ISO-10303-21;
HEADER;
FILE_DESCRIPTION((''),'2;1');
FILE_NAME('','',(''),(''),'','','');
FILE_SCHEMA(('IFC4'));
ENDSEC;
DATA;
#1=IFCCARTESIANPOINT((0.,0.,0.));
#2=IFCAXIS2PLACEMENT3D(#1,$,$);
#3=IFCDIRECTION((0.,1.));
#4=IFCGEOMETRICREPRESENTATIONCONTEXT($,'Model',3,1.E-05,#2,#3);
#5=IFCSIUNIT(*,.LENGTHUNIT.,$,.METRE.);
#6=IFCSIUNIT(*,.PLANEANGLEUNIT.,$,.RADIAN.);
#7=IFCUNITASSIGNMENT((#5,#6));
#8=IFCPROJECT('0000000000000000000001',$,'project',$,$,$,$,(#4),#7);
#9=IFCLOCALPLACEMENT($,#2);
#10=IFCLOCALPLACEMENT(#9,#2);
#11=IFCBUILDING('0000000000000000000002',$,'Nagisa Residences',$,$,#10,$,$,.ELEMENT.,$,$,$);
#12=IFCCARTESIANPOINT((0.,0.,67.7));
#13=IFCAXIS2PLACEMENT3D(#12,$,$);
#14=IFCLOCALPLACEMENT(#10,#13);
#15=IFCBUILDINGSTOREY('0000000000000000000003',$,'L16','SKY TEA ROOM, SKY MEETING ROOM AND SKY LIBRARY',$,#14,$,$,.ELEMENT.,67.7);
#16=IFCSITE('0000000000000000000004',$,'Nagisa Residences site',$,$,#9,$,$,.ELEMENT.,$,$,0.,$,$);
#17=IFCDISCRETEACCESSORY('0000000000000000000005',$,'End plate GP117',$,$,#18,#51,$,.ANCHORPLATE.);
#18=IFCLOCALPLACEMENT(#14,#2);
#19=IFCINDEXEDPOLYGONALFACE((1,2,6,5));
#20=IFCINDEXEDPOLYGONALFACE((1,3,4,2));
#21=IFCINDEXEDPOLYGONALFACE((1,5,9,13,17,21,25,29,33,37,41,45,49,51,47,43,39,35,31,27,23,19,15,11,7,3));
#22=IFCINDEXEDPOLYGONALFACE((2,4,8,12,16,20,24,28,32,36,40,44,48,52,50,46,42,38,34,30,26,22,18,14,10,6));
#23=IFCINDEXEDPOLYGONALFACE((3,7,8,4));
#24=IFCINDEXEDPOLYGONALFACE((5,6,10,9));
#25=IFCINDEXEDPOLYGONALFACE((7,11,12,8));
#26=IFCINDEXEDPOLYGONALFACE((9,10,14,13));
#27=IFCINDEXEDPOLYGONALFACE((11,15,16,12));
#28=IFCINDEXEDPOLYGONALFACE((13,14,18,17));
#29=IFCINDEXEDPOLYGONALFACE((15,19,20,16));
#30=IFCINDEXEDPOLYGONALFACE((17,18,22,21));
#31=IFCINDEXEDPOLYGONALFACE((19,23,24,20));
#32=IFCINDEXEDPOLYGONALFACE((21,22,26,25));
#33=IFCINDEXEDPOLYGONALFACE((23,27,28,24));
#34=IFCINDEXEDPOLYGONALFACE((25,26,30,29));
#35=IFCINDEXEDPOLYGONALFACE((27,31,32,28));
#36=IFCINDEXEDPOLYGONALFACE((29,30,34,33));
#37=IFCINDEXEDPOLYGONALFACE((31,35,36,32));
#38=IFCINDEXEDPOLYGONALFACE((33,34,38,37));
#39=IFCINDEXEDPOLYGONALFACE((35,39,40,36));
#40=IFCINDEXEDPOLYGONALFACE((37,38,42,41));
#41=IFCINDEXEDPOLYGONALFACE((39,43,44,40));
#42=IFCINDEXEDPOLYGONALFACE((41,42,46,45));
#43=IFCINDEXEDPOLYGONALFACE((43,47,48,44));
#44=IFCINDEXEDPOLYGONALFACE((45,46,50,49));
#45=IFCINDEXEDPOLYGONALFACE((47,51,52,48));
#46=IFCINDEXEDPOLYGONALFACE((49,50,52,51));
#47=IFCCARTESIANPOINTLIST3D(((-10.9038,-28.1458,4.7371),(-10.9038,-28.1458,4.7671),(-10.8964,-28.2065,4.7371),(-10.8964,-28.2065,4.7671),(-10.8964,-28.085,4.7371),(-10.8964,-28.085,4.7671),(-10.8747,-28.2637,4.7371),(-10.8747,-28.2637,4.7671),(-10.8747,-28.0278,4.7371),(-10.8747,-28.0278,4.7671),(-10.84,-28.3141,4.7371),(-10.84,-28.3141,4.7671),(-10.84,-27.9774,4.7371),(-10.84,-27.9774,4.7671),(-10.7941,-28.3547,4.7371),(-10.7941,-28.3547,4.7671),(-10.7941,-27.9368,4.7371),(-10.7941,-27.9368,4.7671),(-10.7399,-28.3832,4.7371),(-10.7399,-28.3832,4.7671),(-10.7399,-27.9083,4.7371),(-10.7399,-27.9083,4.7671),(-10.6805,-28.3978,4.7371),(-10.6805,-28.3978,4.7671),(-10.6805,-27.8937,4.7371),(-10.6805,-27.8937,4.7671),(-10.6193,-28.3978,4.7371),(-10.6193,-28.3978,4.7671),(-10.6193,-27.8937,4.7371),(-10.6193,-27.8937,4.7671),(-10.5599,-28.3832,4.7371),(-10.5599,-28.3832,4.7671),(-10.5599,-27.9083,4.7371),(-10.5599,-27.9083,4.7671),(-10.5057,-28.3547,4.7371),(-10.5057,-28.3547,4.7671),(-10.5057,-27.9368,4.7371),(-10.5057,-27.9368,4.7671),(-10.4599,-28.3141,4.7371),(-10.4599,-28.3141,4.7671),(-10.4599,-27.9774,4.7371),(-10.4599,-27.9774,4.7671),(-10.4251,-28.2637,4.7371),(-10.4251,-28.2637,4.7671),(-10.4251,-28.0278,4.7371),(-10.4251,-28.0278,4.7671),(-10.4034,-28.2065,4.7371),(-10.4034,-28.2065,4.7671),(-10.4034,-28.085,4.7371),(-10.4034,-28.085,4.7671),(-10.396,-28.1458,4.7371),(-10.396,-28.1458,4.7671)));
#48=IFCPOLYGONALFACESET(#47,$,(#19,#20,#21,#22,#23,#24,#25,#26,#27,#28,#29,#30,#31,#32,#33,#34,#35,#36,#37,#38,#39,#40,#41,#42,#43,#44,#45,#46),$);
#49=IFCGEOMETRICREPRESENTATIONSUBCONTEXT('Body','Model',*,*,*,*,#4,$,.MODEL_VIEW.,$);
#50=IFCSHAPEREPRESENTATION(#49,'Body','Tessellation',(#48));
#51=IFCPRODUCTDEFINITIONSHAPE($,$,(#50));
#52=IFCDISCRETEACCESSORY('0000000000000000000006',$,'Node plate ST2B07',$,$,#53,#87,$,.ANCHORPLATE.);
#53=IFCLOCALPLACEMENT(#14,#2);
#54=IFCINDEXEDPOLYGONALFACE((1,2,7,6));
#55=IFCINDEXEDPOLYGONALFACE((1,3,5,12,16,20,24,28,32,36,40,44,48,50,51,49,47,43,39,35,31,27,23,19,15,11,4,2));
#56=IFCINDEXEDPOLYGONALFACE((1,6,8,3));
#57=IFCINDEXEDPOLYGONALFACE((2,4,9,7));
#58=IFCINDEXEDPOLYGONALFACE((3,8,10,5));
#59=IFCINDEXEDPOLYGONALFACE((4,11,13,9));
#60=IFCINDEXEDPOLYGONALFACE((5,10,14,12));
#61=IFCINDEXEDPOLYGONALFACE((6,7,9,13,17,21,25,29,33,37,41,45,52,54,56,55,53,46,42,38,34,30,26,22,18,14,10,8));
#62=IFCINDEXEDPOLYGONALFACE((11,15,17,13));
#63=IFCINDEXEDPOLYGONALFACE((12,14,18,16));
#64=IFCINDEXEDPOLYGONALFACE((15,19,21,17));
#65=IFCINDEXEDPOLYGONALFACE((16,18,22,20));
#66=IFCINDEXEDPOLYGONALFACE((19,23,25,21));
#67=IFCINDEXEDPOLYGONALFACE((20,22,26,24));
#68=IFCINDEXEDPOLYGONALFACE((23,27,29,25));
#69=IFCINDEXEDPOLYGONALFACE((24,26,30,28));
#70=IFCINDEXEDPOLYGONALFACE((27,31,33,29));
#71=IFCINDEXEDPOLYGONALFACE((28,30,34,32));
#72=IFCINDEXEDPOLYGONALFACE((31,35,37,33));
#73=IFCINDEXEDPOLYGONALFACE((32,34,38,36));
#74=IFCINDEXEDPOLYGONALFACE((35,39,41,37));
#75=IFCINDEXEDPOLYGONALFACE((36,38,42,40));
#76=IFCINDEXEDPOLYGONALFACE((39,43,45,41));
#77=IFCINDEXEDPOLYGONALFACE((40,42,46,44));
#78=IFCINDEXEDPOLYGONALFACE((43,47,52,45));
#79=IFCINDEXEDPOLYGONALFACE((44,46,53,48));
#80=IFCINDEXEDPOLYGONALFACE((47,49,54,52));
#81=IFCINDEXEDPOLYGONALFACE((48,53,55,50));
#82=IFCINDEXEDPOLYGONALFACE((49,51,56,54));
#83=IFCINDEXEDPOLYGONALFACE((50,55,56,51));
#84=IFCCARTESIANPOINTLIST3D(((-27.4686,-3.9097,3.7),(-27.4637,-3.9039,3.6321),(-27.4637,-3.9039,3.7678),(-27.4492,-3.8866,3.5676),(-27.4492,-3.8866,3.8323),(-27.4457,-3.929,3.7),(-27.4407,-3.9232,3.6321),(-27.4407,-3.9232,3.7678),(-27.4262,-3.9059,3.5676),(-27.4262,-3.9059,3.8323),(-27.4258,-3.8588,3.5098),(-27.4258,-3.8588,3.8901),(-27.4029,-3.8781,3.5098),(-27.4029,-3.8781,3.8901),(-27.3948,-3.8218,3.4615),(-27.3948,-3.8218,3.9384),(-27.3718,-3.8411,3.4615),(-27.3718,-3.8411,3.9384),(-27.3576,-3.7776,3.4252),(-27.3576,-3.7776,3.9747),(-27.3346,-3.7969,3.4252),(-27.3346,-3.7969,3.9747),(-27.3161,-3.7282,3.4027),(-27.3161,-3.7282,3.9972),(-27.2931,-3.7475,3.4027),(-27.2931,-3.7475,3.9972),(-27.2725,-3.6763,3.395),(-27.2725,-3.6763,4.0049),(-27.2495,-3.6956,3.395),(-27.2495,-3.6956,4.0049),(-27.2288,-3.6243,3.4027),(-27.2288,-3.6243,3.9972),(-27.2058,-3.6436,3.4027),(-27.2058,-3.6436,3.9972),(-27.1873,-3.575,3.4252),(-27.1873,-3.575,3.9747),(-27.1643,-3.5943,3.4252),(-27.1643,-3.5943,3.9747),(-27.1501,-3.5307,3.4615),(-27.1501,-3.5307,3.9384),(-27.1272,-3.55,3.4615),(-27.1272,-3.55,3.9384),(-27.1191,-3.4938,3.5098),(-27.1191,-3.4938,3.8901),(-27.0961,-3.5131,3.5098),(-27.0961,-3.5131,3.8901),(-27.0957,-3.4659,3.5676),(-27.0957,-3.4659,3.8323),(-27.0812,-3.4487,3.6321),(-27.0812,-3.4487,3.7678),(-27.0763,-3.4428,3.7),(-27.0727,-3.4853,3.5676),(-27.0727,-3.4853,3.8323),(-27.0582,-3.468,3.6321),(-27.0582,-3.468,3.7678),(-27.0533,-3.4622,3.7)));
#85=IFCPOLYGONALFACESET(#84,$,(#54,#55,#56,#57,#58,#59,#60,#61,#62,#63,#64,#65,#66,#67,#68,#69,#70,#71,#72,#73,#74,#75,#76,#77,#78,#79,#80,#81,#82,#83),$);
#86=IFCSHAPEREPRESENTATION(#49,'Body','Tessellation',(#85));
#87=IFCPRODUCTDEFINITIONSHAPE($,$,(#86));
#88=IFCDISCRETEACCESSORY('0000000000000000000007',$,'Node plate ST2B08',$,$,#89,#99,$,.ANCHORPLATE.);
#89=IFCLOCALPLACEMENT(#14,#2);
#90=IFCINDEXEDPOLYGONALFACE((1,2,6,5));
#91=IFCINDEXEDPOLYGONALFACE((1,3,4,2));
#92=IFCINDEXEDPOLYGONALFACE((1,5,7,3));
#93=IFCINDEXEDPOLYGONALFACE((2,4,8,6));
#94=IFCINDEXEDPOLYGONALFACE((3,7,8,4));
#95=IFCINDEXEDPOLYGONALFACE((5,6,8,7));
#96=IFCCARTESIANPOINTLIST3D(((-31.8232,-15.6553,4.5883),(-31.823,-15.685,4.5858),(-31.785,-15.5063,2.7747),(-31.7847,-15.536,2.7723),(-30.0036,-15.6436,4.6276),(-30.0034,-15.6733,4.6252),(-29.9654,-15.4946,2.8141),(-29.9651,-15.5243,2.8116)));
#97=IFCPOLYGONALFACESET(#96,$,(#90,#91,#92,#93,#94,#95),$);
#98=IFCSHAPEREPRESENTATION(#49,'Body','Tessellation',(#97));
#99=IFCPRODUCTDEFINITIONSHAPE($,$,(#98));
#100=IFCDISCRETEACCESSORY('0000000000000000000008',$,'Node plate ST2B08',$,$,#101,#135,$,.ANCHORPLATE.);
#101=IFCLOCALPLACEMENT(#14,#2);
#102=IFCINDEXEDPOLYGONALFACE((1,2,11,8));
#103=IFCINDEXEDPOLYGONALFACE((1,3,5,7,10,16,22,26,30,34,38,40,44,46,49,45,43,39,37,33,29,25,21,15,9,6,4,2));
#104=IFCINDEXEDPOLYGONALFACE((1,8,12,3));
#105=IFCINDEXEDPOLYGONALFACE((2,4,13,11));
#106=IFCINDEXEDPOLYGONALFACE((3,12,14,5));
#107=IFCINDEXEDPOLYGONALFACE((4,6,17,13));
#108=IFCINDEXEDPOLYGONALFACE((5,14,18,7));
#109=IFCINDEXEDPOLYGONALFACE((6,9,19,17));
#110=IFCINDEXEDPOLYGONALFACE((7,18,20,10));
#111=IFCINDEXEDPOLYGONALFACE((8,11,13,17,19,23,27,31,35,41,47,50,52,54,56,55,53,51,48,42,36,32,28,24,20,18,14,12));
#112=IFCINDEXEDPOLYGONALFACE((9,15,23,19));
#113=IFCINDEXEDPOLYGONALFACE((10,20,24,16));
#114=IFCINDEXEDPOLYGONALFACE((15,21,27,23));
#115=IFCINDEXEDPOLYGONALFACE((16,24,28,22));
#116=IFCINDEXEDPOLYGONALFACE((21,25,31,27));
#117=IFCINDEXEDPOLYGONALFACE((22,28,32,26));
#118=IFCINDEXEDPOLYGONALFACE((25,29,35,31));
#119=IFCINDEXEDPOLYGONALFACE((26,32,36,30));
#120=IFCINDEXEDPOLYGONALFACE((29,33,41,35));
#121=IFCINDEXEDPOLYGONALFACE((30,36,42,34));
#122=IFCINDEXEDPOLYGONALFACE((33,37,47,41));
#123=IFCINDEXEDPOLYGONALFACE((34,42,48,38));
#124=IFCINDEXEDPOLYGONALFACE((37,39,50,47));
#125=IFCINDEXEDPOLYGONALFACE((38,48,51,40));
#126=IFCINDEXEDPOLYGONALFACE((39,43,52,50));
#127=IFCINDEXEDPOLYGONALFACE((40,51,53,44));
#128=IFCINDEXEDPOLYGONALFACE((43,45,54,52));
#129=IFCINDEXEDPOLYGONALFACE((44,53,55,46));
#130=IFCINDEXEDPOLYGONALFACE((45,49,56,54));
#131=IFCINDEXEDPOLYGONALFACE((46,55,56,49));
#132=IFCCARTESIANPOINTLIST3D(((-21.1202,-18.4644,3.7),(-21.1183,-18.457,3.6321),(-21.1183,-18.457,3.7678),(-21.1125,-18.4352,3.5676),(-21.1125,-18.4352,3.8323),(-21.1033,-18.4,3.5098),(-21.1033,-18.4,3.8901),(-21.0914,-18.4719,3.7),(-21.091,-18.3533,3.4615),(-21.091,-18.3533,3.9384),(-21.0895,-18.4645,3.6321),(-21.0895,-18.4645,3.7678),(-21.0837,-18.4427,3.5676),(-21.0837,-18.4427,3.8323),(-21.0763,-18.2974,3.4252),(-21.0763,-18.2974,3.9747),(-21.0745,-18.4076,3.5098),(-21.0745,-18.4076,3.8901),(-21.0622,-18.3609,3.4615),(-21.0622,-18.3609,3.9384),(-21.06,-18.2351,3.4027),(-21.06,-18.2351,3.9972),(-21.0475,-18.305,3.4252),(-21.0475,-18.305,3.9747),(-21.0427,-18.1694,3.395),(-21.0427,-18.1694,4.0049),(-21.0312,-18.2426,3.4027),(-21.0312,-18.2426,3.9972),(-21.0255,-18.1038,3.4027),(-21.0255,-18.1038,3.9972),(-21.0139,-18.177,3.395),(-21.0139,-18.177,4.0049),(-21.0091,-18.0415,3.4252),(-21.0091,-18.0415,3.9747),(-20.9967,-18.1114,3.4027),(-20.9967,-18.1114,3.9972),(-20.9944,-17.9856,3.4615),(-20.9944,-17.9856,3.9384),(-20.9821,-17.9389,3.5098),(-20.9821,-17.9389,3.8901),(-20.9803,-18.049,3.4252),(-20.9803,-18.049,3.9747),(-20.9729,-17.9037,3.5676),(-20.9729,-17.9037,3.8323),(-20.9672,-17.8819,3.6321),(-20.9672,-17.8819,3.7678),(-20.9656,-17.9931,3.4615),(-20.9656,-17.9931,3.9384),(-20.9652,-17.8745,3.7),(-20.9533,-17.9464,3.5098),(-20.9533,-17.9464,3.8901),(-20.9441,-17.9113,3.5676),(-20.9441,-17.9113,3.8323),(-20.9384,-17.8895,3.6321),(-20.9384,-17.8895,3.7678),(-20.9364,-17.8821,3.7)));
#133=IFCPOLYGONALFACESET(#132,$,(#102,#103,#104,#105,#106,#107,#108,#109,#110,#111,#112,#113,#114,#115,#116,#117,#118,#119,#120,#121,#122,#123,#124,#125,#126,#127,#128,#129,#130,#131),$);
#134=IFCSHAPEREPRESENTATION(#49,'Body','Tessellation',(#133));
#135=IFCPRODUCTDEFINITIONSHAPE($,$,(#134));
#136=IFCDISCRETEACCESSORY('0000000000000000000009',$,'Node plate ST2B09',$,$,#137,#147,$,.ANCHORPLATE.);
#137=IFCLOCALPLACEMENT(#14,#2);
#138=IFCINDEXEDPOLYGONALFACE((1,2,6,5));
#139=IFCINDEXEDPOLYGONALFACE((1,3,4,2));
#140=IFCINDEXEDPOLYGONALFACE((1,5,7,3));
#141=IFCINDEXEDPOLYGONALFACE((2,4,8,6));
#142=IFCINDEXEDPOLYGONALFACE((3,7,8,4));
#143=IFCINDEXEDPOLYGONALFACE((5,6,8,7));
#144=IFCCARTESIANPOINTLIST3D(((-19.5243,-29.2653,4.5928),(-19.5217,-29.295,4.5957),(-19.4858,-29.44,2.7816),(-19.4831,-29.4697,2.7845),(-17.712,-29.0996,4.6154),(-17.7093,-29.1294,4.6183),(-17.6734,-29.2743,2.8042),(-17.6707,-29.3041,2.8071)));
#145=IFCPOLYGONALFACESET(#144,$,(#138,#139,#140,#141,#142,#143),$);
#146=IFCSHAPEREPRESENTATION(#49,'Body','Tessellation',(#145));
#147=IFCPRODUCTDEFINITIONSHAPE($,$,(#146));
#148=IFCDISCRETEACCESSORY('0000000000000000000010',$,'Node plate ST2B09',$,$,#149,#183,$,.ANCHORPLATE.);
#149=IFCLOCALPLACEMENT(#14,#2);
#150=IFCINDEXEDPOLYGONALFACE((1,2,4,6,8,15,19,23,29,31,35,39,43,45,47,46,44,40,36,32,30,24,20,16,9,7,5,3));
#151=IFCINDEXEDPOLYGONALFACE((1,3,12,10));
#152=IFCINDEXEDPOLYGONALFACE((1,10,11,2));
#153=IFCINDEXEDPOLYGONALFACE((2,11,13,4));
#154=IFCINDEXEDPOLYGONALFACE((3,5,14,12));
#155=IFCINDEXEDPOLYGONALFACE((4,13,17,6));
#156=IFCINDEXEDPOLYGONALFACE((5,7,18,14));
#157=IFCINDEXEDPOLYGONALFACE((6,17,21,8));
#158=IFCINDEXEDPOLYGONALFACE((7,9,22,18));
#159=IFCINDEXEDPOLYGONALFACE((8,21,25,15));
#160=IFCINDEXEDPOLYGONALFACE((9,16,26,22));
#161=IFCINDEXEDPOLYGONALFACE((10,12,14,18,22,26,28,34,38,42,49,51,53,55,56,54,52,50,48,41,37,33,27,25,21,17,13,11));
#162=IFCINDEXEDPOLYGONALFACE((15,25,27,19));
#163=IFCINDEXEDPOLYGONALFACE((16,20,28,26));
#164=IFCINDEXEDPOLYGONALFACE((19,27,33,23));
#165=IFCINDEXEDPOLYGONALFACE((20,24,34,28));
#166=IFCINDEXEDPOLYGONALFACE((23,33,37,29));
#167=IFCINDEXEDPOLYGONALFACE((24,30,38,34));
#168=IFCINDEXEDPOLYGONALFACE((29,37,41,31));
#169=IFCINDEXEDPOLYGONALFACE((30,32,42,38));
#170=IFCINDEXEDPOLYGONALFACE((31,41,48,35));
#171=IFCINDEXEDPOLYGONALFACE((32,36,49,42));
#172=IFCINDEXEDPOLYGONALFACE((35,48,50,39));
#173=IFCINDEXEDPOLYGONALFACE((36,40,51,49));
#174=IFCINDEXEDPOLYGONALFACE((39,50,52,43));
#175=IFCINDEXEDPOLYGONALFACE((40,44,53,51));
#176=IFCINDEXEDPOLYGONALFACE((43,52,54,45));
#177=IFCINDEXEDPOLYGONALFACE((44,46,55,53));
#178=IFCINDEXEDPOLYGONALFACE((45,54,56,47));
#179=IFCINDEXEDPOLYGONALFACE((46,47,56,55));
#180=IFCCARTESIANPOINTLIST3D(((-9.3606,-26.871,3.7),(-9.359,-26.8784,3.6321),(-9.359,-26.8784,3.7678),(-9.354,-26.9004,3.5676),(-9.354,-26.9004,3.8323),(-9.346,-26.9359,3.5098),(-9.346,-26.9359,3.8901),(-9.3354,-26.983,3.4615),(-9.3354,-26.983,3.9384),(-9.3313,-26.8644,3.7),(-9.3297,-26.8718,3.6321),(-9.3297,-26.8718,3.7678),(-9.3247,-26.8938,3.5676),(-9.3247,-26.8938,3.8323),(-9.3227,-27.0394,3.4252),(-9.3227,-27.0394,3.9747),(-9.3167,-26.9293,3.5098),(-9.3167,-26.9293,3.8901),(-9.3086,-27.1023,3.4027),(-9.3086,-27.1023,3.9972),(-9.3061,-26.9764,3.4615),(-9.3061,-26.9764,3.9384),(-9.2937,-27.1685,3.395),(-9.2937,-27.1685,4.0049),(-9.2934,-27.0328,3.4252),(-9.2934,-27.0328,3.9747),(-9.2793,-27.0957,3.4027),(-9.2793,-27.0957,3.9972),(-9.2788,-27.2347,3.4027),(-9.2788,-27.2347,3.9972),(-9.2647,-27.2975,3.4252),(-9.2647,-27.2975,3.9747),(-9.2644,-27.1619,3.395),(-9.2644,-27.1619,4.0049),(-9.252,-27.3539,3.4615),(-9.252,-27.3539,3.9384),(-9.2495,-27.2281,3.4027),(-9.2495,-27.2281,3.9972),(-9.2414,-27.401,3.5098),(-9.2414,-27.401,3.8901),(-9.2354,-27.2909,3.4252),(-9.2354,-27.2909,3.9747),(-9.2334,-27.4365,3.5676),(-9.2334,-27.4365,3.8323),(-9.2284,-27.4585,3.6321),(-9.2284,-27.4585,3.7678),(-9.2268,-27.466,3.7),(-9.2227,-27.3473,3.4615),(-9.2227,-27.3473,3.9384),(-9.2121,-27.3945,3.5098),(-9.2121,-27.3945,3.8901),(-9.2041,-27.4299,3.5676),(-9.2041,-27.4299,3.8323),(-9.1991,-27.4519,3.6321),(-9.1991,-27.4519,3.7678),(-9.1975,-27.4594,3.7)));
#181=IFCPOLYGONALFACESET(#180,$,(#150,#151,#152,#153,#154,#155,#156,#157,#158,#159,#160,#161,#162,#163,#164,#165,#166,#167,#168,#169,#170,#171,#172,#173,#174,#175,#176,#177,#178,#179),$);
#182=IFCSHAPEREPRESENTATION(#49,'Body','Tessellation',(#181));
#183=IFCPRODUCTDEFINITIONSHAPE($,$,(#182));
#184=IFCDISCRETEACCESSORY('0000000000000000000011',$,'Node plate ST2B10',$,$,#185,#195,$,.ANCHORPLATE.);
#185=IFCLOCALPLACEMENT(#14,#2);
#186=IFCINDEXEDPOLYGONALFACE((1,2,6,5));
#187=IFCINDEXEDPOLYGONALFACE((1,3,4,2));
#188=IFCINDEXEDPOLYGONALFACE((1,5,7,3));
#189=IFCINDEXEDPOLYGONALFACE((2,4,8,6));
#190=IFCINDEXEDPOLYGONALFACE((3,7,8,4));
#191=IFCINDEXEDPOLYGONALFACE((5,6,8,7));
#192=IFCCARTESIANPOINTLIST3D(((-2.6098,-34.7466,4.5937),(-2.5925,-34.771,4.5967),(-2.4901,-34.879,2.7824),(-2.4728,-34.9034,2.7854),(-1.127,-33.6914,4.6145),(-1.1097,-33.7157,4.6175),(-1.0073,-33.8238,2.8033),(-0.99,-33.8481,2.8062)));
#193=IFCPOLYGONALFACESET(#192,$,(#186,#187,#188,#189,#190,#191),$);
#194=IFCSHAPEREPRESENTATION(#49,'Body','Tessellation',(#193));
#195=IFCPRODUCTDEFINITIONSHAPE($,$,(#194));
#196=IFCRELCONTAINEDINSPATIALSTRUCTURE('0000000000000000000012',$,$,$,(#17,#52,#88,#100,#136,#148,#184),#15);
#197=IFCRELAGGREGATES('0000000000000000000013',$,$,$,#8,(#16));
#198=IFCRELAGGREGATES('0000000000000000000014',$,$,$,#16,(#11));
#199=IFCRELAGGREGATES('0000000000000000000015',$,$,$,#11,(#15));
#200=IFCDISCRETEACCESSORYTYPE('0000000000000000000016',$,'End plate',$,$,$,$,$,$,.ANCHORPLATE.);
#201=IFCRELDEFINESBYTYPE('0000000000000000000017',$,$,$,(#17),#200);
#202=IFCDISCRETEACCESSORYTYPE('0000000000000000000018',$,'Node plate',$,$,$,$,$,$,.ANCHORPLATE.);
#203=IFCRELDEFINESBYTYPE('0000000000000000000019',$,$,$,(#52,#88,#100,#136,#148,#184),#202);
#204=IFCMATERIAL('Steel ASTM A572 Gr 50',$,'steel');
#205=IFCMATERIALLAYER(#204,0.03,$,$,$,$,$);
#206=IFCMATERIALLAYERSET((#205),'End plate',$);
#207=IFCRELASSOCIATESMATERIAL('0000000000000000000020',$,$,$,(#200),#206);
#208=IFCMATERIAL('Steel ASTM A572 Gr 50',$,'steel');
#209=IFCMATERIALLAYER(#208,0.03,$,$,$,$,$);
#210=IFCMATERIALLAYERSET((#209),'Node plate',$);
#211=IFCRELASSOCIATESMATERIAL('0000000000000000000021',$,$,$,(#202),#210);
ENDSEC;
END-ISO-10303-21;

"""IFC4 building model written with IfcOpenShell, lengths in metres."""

from ifc_helpers import new_model, si_unit, direction, frame, origin, origin_2d, place, context, subcontext, project, spatial, rectangle, circle, extrude, material, layer, layer_set, type_object, element, save


model = new_model("IFC4")

# Units and contexts
model_context = context("Model", 3, precision=1e-05, world=origin(), true_north=direction((0.0, 1.0)))
body_context = subcontext(model_context, "Body", "Model", "MODEL_VIEW")
ifc_project = project(units=[si_unit("LENGTHUNIT", "METRE"), si_unit("PLANEANGLEUNIT", "RADIAN")], contexts=[model_context])

# Site, building, storey
site_placement = place(None, origin())
site = spatial("IfcSite", under=ifc_project, at=site_placement, Name="Nagisa Residences site", CompositionType="ELEMENT", RefElevation=0.0)
building_placement = place(site_placement, origin())
building = spatial("IfcBuilding", under=site, at=building_placement, Name="Nagisa Residences", CompositionType="ELEMENT")
storey_placement = place(building_placement, frame((0.0, 0.0, 67.7)))
storey = spatial("IfcBuildingStorey", under=building, at=storey_placement, Name="L16", Description="SKY TEA ROOM, SKY MEETING ROOM AND SKY LIBRARY", CompositionType="ELEMENT", Elevation=67.7)

# Discrete accessories
ifc_material_1 = material(Name="Steel ASTM A572 Gr 50", Category="steel")
ifc_layer_1 = layer(ifc_material_1, 0.03)
ifc_layer_set_1 = layer_set([ifc_layer_1], Name="End plate")
discrete_accessory_type_1 = type_object("IfcDiscreteAccessoryType", Name="End plate", PredefinedType="ANCHORPLATE", material=ifc_layer_set_1)
discrete_accessory_1_placement = place(storey_placement, frame((-10.6499, -28.1458, 4.7371), z_axis=(0.0, 0.0, 1.0), x_axis=(1.0, 0.0, 0.0)))
element("IfcDiscreteAccessory", 1, at=discrete_accessory_1_placement, inside=storey, type_object=discrete_accessory_type_1, Name="End plate GP117", PredefinedType="ANCHORPLATE", context=body_context, shape_type="SweptSolid", body=[
    extrude(circle(Radius=0.2539, at=origin_2d()), origin(), (0.0, 0.0, 1.0), 0.03),
])
ifc_material_2 = material(Name="Steel ASTM A572 Gr 50", Category="steel")
ifc_layer_2 = layer(ifc_material_2, 0.03)
ifc_layer_set_2 = layer_set([ifc_layer_2], Name="Node plate")
discrete_accessory_type_2 = type_object("IfcDiscreteAccessoryType", Name="Node plate", PredefinedType="ANCHORPLATE", material=ifc_layer_set_2)
discrete_accessory_2_placement = place(storey_placement, frame((-27.2725, -3.6763, 3.7), z_axis=(0.765544, -0.643383, 0.0), x_axis=(0.643383, 0.765544, 0.0)))
element("IfcDiscreteAccessory", 2, at=discrete_accessory_2_placement, inside=storey, type_object=discrete_accessory_type_2, Name="Node plate ST2B07", PredefinedType="ANCHORPLATE", context=body_context, shape_type="SweptSolid", body=[
    extrude(circle(Radius=0.3049, at=origin_2d()), origin(), (0.0, 0.0, 1.0), 0.03),
])
discrete_accessory_3_placement = place(storey_placement, frame((-30.8943, -15.575, 3.7012), z_axis=(0.008169, -0.996624, -0.081691), x_axis=(0.999746, 0.006423, 0.021616)))
element("IfcDiscreteAccessory", 3, at=discrete_accessory_3_placement, inside=storey, type_object=discrete_accessory_type_2, Name="Node plate ST2B08", PredefinedType="ANCHORPLATE", context=body_context, shape_type="SweptSolid", body=[
    extrude(rectangle(XDim=1.8201, YDim=1.8201, at=origin_2d()), origin(), (0.0, 0.0, 1.0), 0.0298),
])
discrete_accessory_4_placement = place(storey_placement, frame((-21.0427, -18.1694, 3.7), z_axis=(0.967181, -0.25409, 0.0), x_axis=(0.25409, 0.967181, 0.0)))
element("IfcDiscreteAccessory", 4, at=discrete_accessory_4_placement, inside=storey, type_object=discrete_accessory_type_2, Name="Node plate ST2B08", PredefinedType="ANCHORPLATE", context=body_context, shape_type="SweptSolid", body=[
    extrude(circle(Radius=0.3049, at=origin_2d()), origin(), (0.0, 0.0, 1.0), 0.0298),
])
discrete_accessory_5_placement = place(storey_placement, frame((-18.5962, -29.2996, 3.7014), z_axis=(-0.089372, 0.991215, -0.097497), x_axis=(0.995773, 0.091004, 0.012414)))
element("IfcDiscreteAccessory", 5, at=discrete_accessory_5_placement, inside=storey, type_object=discrete_accessory_type_2, Name="Node plate ST2B09", PredefinedType="ANCHORPLATE", context=body_context, shape_type="SweptSolid", body=[
    extrude(rectangle(XDim=1.8201, YDim=1.8201, at=origin_2d()), origin(), (0.0, 0.0, 1.0), 0.03),
])
discrete_accessory_6_placement = place(storey_placement, frame((-9.2937, -27.1685, 3.7), z_axis=(0.97561, 0.219512, 0.0), x_axis=(-0.219512, 0.97561, 0.0)))
element("IfcDiscreteAccessory", 6, at=discrete_accessory_6_placement, inside=storey, type_object=discrete_accessory_type_2, Name="Node plate ST2B09", PredefinedType="ANCHORPLATE", context=body_context, shape_type="SweptSolid", body=[
    extrude(circle(Radius=0.3049, at=origin_2d()), origin(), (0.0, 0.0, 1.0), 0.03),
])
discrete_accessory_7_placement = place(storey_placement, frame((-1.7913, -34.3096, 3.7014), z_axis=(-0.57617, 0.811508, -0.097381), x_axis=(0.814681, 0.579796, 0.011437)))
element("IfcDiscreteAccessory", 7, at=discrete_accessory_7_placement, inside=storey, type_object=discrete_accessory_type_2, Name="Node plate ST2B10", PredefinedType="ANCHORPLATE", context=body_context, shape_type="SweptSolid", body=[
    extrude(rectangle(XDim=1.8201, YDim=1.8201, at=origin_2d()), origin(), (0.0, 0.0, 1.0), 0.03),
])

save(model, "model.ifc")
